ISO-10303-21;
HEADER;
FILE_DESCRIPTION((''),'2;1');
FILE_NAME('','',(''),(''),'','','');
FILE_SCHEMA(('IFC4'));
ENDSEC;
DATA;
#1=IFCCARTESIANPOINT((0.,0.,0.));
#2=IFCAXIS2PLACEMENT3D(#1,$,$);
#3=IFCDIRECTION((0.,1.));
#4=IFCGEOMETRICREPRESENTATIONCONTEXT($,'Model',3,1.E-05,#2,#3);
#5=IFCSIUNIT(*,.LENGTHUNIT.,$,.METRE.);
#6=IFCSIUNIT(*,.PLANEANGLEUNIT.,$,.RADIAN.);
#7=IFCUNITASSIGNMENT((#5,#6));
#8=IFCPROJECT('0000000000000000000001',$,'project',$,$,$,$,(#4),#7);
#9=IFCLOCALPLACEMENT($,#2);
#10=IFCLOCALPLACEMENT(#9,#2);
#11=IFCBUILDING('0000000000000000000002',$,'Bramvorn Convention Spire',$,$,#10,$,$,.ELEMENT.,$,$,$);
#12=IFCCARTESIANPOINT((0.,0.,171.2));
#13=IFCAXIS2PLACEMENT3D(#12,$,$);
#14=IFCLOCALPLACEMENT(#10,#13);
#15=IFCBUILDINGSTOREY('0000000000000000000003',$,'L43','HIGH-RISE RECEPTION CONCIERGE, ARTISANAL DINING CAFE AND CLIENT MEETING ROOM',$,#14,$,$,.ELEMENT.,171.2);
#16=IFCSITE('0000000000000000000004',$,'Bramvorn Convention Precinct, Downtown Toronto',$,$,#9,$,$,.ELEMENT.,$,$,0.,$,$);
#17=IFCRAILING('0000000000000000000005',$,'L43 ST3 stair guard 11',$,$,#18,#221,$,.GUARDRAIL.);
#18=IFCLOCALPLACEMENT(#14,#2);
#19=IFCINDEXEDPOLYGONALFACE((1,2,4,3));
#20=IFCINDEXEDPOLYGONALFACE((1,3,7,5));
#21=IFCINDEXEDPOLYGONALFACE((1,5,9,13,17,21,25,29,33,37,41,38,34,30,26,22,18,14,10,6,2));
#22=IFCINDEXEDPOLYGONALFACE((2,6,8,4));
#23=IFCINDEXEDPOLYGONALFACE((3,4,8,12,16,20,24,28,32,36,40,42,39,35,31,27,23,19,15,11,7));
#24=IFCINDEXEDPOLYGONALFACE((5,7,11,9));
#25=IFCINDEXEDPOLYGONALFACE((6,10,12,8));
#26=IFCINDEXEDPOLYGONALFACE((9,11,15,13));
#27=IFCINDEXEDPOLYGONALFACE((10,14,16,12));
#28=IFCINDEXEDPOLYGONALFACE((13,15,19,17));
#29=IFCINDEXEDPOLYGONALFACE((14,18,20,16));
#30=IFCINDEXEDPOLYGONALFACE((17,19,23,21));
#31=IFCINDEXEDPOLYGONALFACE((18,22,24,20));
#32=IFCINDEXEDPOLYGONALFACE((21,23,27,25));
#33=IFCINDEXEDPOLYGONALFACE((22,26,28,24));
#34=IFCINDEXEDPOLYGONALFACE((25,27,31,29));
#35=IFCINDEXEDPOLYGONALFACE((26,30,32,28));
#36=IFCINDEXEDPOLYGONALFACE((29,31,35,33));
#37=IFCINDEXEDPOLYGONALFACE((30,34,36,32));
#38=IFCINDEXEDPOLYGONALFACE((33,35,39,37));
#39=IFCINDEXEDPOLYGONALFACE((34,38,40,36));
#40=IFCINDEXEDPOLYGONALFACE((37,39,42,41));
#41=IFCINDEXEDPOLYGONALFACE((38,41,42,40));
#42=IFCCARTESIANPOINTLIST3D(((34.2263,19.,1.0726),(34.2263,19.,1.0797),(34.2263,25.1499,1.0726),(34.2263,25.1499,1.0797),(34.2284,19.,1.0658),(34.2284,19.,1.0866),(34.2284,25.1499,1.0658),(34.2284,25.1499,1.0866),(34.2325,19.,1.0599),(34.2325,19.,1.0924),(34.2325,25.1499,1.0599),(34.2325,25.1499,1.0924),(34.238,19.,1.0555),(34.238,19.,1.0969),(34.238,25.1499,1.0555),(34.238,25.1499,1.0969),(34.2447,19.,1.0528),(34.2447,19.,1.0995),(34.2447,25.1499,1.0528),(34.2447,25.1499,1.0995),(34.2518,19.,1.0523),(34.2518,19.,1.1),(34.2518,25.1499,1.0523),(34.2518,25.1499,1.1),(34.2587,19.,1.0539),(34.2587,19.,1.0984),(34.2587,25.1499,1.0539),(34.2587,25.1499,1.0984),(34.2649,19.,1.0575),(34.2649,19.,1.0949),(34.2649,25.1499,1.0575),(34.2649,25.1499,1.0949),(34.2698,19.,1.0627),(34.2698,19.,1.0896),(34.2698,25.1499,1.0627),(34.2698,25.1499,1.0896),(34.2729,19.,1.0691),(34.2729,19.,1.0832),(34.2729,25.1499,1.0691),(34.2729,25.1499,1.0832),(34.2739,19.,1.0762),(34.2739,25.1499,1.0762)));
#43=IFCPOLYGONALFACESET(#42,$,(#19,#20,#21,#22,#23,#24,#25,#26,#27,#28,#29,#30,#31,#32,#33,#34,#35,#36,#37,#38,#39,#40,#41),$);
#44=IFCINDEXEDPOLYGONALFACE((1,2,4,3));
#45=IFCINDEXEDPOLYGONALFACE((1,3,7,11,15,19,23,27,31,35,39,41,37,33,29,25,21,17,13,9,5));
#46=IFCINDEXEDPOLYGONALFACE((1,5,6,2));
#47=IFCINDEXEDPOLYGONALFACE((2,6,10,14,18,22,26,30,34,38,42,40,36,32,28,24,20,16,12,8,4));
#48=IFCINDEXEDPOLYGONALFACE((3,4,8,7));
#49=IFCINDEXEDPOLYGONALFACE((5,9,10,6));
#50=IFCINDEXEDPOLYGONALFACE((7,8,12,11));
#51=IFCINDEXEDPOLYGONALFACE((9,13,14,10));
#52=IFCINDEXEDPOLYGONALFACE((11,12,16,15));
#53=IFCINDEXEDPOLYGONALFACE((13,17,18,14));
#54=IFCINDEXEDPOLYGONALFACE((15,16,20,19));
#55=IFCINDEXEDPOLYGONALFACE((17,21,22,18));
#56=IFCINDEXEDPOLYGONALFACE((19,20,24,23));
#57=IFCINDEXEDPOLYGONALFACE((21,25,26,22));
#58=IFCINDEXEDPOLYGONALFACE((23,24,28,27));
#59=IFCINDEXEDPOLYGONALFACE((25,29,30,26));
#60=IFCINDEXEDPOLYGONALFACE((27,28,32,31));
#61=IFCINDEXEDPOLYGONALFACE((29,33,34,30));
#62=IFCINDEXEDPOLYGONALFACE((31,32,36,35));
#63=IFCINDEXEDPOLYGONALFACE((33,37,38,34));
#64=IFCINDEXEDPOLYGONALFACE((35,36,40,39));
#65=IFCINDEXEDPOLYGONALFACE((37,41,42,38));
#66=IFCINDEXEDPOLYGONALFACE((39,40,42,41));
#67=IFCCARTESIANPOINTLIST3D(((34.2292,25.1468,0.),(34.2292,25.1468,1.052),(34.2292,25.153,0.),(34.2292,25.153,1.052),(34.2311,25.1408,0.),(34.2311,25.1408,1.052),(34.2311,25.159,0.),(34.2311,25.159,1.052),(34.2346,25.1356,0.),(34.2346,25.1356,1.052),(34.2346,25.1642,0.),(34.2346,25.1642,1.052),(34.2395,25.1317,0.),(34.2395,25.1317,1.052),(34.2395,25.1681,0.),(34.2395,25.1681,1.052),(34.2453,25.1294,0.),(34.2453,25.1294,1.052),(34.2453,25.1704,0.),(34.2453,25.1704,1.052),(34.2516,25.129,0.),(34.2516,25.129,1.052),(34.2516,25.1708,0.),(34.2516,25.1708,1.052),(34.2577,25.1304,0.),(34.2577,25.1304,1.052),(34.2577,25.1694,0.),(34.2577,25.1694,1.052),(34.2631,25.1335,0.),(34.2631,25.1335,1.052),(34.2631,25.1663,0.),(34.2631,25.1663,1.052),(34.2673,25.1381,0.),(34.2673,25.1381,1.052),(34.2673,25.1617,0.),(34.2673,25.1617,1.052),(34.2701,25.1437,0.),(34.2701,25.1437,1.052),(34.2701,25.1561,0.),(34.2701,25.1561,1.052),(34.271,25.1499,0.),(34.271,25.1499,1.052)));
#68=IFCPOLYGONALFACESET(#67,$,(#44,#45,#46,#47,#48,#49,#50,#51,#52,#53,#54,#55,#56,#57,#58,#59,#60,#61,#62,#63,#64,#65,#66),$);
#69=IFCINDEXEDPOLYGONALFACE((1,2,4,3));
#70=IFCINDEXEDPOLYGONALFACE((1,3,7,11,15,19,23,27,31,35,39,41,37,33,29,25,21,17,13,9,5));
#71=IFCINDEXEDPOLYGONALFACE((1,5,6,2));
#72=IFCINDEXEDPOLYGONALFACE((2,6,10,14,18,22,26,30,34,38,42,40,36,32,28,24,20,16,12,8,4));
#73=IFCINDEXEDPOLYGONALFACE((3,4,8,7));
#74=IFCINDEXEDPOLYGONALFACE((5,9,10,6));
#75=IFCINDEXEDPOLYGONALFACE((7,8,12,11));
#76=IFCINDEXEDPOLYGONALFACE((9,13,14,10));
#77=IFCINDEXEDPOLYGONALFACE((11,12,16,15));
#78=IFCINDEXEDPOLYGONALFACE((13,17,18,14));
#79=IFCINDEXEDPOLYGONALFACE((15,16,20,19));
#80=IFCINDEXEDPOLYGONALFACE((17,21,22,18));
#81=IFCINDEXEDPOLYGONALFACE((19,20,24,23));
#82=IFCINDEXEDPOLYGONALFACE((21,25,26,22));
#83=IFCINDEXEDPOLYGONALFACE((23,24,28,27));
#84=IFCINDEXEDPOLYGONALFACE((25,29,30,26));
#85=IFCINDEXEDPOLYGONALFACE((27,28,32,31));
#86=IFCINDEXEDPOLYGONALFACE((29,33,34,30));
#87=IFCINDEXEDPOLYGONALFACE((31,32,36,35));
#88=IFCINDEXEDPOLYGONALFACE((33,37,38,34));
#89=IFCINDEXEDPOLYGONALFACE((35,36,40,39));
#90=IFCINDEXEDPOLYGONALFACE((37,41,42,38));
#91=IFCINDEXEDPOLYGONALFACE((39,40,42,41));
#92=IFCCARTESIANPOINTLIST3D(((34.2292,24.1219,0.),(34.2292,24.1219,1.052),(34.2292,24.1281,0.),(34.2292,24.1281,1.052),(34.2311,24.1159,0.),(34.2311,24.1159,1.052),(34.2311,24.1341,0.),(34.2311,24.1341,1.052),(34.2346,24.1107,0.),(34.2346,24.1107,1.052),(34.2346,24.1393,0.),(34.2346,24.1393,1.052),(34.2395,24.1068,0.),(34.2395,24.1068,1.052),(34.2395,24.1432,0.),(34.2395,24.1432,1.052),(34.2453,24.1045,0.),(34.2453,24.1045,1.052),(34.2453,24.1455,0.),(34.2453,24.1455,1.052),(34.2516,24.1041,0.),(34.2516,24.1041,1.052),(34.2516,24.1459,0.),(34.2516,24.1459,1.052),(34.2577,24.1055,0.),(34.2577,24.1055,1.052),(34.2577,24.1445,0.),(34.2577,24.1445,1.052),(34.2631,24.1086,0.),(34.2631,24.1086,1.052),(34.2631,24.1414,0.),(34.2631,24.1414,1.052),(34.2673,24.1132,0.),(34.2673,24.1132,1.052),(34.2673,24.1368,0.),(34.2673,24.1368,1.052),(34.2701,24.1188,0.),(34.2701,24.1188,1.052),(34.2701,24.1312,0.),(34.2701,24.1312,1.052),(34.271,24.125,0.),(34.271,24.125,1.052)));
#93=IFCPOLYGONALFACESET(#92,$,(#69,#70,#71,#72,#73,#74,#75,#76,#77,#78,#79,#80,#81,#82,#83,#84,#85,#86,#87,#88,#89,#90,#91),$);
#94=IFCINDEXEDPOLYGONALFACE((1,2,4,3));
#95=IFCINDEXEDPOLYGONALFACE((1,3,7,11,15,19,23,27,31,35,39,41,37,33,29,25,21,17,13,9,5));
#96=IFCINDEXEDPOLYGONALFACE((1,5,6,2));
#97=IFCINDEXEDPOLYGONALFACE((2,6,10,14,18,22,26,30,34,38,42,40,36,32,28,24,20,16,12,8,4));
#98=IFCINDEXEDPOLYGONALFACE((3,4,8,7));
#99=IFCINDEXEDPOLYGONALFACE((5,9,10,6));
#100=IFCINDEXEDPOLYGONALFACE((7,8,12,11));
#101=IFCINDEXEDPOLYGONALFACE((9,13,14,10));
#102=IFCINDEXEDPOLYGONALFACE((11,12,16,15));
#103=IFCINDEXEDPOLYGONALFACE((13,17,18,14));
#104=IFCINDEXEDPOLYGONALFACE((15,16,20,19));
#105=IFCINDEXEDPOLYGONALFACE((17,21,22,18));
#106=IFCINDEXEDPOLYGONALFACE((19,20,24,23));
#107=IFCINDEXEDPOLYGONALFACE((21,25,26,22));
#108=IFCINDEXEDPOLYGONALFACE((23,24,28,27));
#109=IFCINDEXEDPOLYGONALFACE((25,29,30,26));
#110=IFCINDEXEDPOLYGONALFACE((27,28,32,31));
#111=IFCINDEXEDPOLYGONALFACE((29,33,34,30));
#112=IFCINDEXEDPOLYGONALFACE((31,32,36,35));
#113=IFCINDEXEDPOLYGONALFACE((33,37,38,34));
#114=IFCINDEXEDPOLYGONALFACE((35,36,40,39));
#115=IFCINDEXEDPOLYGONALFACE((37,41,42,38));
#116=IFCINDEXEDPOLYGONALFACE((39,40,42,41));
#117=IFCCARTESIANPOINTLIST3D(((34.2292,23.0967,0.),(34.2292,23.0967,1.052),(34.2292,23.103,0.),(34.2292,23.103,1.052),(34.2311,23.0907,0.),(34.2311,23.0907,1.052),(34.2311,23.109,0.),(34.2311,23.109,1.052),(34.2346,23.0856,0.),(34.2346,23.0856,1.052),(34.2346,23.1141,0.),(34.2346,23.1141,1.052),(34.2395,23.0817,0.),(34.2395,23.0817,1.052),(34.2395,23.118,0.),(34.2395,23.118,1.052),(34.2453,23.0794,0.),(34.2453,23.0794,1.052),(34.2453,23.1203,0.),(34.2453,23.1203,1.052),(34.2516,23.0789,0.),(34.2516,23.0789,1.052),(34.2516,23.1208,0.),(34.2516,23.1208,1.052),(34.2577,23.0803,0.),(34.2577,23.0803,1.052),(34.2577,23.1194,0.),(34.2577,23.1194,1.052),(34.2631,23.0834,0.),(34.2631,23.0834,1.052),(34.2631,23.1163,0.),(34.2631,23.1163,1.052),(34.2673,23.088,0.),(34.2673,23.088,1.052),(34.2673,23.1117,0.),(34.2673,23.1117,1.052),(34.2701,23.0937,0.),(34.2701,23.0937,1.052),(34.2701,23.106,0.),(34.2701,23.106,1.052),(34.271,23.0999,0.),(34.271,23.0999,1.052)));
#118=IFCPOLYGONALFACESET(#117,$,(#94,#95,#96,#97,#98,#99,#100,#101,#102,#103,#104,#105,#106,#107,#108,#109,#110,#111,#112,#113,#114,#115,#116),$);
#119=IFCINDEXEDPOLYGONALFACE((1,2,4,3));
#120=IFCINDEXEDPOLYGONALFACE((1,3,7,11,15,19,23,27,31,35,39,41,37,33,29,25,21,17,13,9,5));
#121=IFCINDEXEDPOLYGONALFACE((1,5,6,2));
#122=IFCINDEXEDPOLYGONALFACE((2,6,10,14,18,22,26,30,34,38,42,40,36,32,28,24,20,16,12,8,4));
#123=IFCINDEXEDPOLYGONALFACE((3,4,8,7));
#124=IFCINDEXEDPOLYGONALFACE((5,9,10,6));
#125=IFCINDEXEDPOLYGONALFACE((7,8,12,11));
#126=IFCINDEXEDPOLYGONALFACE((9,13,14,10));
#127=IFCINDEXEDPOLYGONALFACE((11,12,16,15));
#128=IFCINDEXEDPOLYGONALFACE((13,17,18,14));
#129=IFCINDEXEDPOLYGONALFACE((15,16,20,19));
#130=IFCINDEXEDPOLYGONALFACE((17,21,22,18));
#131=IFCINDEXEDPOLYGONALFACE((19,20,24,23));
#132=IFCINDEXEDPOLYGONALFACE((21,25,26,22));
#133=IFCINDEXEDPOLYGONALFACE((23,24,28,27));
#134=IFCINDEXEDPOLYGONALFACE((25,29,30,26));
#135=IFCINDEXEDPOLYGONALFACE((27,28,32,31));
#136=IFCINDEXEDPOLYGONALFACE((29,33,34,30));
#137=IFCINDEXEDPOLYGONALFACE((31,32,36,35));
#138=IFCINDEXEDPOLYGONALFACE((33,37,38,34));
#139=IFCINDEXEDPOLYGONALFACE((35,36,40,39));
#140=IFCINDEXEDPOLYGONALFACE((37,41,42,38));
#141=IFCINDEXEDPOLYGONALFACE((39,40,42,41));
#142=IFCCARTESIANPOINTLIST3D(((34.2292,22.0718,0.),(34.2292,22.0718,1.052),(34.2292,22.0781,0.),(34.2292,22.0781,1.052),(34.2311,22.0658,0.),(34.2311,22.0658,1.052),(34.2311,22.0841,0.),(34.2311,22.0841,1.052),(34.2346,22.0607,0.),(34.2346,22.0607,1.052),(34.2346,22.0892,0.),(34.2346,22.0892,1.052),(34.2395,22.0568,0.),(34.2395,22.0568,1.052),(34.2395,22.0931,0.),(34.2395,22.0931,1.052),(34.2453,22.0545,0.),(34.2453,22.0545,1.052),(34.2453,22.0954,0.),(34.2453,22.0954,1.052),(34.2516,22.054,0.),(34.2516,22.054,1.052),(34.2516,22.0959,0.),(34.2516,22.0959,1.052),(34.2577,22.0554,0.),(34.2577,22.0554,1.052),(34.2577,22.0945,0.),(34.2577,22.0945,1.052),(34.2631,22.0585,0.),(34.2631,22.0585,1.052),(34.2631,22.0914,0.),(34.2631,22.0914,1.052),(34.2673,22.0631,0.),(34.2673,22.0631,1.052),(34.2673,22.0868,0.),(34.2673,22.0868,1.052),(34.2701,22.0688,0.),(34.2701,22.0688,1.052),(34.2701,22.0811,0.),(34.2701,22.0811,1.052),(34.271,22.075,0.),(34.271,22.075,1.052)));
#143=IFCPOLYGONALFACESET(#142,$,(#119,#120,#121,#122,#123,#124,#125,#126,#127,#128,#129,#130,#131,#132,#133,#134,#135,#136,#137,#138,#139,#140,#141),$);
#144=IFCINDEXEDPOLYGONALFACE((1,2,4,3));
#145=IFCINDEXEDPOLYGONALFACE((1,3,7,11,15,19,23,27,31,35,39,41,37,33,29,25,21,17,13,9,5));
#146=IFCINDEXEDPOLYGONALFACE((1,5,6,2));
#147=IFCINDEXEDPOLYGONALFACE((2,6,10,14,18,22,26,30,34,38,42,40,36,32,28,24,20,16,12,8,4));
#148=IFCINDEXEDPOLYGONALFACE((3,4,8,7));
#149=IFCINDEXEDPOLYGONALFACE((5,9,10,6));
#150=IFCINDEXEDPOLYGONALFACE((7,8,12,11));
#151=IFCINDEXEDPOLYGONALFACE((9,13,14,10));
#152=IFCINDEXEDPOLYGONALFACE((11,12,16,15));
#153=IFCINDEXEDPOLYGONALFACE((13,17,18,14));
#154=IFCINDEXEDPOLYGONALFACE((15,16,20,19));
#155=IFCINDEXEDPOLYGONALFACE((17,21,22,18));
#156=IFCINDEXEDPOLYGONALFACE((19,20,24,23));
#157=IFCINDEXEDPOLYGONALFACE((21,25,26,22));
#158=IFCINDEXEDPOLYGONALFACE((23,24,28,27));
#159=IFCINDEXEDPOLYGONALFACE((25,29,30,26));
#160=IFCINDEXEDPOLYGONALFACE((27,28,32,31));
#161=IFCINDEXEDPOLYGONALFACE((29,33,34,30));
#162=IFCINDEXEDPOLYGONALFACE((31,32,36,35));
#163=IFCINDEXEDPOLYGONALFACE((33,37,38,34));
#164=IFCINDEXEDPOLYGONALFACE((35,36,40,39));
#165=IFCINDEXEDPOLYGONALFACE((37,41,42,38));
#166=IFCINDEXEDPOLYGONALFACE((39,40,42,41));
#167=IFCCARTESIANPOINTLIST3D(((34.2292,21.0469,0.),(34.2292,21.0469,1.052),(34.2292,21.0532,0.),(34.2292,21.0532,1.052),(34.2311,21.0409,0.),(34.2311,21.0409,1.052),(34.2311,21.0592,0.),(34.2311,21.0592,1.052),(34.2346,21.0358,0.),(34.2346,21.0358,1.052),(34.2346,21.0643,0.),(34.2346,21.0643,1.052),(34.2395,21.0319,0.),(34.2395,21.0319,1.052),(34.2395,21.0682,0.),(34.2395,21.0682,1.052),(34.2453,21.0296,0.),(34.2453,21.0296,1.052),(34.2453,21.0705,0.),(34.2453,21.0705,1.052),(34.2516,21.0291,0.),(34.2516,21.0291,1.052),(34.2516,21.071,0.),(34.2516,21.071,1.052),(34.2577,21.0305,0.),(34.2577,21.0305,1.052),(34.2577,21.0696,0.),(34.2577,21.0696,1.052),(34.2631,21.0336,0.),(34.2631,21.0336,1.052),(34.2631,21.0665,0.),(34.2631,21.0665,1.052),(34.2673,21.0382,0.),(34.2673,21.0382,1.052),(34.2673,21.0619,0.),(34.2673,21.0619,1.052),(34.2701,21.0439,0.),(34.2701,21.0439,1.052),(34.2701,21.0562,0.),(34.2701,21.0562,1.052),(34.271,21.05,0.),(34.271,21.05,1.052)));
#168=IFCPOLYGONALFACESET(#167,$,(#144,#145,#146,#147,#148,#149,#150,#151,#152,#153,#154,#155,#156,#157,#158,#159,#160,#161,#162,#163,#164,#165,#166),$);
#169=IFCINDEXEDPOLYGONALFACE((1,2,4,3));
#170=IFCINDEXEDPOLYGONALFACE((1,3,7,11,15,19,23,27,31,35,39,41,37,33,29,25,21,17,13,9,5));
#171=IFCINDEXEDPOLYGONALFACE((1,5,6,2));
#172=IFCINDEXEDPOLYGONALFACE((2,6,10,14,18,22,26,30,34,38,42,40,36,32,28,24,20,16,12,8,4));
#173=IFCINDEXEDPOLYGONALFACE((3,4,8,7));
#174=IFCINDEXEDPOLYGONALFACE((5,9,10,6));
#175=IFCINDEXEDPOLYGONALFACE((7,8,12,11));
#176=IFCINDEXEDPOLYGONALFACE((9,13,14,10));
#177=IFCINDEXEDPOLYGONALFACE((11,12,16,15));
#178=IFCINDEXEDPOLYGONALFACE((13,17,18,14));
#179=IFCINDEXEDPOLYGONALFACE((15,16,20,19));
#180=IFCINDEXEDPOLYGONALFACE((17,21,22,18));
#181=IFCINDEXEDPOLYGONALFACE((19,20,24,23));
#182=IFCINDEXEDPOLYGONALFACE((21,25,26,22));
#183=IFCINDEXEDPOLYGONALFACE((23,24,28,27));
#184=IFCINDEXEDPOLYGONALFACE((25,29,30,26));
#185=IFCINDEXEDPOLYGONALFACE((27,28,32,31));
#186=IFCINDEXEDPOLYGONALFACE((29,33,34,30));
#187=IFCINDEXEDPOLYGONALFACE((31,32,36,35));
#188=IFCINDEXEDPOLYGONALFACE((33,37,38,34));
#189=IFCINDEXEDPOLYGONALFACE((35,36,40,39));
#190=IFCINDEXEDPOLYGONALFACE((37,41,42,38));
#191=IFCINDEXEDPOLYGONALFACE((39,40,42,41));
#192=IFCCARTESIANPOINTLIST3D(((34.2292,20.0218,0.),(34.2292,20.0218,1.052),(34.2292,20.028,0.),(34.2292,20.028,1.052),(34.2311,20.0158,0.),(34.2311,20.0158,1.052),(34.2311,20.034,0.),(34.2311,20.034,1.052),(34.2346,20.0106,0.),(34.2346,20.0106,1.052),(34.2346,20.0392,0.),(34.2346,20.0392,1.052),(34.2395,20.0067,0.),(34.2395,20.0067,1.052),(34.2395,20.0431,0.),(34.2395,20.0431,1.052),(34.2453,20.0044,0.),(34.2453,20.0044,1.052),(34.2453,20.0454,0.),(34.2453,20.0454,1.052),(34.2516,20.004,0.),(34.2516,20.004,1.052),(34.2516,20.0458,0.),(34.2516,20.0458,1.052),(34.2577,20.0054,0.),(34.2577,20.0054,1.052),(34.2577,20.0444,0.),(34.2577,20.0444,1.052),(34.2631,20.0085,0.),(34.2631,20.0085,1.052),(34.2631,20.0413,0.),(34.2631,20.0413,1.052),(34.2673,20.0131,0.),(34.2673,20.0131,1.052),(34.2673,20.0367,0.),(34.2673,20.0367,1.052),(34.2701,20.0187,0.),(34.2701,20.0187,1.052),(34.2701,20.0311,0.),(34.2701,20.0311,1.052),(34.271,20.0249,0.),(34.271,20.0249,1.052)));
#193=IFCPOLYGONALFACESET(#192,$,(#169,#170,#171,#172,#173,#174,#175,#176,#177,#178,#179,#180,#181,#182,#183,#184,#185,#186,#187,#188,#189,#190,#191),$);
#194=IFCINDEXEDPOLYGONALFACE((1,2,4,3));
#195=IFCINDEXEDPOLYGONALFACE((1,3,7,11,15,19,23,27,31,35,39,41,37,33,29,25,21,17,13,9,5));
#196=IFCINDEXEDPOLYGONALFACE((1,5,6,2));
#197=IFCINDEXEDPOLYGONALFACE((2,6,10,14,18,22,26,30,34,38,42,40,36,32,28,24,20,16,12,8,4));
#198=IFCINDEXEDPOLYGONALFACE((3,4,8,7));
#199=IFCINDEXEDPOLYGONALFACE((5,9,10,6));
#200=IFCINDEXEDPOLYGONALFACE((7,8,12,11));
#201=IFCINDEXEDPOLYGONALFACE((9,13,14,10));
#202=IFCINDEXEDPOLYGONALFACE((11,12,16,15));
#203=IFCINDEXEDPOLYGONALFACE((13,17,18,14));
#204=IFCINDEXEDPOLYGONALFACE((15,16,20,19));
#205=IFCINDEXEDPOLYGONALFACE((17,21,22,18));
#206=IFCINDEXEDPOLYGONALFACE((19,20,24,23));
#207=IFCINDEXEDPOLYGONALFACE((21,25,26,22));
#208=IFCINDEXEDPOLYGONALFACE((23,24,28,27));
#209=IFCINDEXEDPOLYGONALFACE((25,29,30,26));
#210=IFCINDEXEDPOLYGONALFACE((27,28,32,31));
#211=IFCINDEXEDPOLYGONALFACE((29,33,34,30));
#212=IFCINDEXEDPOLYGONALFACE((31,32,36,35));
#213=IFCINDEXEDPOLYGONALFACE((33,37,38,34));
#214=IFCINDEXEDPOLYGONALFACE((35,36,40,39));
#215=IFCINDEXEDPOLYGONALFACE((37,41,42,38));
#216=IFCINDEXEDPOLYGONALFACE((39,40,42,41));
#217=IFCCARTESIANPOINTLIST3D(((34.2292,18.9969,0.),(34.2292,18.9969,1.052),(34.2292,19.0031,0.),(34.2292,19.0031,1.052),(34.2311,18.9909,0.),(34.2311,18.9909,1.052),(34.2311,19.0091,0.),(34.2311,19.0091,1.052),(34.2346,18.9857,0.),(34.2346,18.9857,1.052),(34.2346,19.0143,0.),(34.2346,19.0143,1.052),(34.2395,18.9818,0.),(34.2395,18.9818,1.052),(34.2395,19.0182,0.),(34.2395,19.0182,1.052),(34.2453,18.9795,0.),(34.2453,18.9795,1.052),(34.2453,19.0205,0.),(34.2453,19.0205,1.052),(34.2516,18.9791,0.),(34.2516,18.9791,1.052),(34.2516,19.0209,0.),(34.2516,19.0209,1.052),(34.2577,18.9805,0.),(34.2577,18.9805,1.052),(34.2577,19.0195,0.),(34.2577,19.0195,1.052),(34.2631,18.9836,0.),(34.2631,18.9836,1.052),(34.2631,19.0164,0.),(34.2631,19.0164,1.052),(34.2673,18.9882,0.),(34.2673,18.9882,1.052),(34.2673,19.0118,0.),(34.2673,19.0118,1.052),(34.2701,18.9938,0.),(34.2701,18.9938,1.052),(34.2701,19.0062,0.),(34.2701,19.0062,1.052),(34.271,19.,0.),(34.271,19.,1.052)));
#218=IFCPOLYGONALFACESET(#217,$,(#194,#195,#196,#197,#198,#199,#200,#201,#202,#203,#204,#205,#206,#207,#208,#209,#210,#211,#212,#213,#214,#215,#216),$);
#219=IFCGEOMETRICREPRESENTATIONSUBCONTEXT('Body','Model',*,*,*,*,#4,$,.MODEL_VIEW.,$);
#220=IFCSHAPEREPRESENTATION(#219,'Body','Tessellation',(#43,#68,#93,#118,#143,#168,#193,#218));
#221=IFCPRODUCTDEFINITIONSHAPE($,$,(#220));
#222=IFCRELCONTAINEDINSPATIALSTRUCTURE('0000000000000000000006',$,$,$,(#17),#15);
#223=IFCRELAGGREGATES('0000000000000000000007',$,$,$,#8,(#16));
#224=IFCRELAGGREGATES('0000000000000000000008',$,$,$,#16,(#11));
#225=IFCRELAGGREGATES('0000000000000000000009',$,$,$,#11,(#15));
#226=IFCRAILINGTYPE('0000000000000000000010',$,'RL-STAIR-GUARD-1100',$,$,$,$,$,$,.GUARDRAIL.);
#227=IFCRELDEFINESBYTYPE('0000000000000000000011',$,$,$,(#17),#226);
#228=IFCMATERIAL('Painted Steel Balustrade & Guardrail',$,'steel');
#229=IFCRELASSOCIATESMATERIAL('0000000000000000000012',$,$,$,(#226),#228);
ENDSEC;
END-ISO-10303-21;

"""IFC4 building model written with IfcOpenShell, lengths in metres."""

from ifc_helpers import new_model, si_unit, direction, frame, origin, origin_2d, place, context, subcontext, project, spatial, circle, extrude, material, type_object, element, save


model = new_model("IFC4")

# Units and contexts
model_context = context("Model", 3, precision=1e-05, world=origin(), true_north=direction((0.0, 1.0)))
body_context = subcontext(model_context, "Body", "Model", "MODEL_VIEW")
ifc_project = project(units=[si_unit("LENGTHUNIT", "METRE"), si_unit("PLANEANGLEUNIT", "RADIAN")], contexts=[model_context])

# Site, building, storey
site_placement = place(None, origin())
site = spatial("IfcSite", under=ifc_project, at=site_placement, Name="Bramvorn Convention Precinct, Downtown Toronto", CompositionType="ELEMENT", RefElevation=0.0)
building_placement = place(site_placement, origin())
building = spatial("IfcBuilding", under=site, at=building_placement, Name="Bramvorn Convention Spire", CompositionType="ELEMENT")
storey_placement = place(building_placement, frame((0.0, 0.0, 171.2)))
storey = spatial("IfcBuildingStorey", under=building, at=storey_placement, Name="L43", Description="HIGH-RISE RECEPTION CONCIERGE, ARTISANAL DINING CAFE AND CLIENT MEETING ROOM", CompositionType="ELEMENT", Elevation=171.2)

# Railing
ifc_material_1 = material(Name="Painted Steel Balustrade & Guardrail", Category="steel")
railing_type_1 = type_object("IfcRailingType", Name="RL-STAIR-GUARD-1100", PredefinedType="GUARDRAIL", material=ifc_material_1)
railing_1_placement = place(storey_placement, frame((34.25, 25.1499, 0.0)))
element("IfcRailing", 1, at=railing_1_placement, inside=storey, type_object=railing_type_1, Name="L43 ST3 stair guard 11", PredefinedType="GUARDRAIL", context=body_context, shape_type="SweptSolid", body=[
    extrude(circle(Radius=0.0239, at=origin_2d()), frame((0.0, 0.0, 1.0762), z_axis=(0.0, -1.0, 0.0), x_axis=(1.0, 0.0, 0.0)), (0.0, 0.0, 1.0), 6.1499),
    extrude(circle(Radius=0.021, at=origin_2d()), origin(), (0.0, 0.0, 1.0), 1.052),
    extrude(circle(Radius=0.021, at=origin_2d()), frame((0.0, -1.0249, 0.0)), (0.0, 0.0, 1.0), 1.052),
    extrude(circle(Radius=0.021, at=origin_2d()), frame((0.0, -2.05, 0.0)), (0.0, 0.0, 1.0), 1.052),
    extrude(circle(Radius=0.021, at=origin_2d()), frame((0.0, -3.075, 0.0)), (0.0, 0.0, 1.0), 1.052),
    extrude(circle(Radius=0.021, at=origin_2d()), frame((0.0, -4.0999, 0.0)), (0.0, 0.0, 1.0), 1.052),
    extrude(circle(Radius=0.021, at=origin_2d()), frame((0.0, -5.125, 0.0)), (0.0, 0.0, 1.0), 1.052),
    extrude(circle(Radius=0.021, at=origin_2d()), frame((0.0, -6.1499, 0.0)), (0.0, 0.0, 1.0), 1.052),
])

save(model, "model.ifc")
